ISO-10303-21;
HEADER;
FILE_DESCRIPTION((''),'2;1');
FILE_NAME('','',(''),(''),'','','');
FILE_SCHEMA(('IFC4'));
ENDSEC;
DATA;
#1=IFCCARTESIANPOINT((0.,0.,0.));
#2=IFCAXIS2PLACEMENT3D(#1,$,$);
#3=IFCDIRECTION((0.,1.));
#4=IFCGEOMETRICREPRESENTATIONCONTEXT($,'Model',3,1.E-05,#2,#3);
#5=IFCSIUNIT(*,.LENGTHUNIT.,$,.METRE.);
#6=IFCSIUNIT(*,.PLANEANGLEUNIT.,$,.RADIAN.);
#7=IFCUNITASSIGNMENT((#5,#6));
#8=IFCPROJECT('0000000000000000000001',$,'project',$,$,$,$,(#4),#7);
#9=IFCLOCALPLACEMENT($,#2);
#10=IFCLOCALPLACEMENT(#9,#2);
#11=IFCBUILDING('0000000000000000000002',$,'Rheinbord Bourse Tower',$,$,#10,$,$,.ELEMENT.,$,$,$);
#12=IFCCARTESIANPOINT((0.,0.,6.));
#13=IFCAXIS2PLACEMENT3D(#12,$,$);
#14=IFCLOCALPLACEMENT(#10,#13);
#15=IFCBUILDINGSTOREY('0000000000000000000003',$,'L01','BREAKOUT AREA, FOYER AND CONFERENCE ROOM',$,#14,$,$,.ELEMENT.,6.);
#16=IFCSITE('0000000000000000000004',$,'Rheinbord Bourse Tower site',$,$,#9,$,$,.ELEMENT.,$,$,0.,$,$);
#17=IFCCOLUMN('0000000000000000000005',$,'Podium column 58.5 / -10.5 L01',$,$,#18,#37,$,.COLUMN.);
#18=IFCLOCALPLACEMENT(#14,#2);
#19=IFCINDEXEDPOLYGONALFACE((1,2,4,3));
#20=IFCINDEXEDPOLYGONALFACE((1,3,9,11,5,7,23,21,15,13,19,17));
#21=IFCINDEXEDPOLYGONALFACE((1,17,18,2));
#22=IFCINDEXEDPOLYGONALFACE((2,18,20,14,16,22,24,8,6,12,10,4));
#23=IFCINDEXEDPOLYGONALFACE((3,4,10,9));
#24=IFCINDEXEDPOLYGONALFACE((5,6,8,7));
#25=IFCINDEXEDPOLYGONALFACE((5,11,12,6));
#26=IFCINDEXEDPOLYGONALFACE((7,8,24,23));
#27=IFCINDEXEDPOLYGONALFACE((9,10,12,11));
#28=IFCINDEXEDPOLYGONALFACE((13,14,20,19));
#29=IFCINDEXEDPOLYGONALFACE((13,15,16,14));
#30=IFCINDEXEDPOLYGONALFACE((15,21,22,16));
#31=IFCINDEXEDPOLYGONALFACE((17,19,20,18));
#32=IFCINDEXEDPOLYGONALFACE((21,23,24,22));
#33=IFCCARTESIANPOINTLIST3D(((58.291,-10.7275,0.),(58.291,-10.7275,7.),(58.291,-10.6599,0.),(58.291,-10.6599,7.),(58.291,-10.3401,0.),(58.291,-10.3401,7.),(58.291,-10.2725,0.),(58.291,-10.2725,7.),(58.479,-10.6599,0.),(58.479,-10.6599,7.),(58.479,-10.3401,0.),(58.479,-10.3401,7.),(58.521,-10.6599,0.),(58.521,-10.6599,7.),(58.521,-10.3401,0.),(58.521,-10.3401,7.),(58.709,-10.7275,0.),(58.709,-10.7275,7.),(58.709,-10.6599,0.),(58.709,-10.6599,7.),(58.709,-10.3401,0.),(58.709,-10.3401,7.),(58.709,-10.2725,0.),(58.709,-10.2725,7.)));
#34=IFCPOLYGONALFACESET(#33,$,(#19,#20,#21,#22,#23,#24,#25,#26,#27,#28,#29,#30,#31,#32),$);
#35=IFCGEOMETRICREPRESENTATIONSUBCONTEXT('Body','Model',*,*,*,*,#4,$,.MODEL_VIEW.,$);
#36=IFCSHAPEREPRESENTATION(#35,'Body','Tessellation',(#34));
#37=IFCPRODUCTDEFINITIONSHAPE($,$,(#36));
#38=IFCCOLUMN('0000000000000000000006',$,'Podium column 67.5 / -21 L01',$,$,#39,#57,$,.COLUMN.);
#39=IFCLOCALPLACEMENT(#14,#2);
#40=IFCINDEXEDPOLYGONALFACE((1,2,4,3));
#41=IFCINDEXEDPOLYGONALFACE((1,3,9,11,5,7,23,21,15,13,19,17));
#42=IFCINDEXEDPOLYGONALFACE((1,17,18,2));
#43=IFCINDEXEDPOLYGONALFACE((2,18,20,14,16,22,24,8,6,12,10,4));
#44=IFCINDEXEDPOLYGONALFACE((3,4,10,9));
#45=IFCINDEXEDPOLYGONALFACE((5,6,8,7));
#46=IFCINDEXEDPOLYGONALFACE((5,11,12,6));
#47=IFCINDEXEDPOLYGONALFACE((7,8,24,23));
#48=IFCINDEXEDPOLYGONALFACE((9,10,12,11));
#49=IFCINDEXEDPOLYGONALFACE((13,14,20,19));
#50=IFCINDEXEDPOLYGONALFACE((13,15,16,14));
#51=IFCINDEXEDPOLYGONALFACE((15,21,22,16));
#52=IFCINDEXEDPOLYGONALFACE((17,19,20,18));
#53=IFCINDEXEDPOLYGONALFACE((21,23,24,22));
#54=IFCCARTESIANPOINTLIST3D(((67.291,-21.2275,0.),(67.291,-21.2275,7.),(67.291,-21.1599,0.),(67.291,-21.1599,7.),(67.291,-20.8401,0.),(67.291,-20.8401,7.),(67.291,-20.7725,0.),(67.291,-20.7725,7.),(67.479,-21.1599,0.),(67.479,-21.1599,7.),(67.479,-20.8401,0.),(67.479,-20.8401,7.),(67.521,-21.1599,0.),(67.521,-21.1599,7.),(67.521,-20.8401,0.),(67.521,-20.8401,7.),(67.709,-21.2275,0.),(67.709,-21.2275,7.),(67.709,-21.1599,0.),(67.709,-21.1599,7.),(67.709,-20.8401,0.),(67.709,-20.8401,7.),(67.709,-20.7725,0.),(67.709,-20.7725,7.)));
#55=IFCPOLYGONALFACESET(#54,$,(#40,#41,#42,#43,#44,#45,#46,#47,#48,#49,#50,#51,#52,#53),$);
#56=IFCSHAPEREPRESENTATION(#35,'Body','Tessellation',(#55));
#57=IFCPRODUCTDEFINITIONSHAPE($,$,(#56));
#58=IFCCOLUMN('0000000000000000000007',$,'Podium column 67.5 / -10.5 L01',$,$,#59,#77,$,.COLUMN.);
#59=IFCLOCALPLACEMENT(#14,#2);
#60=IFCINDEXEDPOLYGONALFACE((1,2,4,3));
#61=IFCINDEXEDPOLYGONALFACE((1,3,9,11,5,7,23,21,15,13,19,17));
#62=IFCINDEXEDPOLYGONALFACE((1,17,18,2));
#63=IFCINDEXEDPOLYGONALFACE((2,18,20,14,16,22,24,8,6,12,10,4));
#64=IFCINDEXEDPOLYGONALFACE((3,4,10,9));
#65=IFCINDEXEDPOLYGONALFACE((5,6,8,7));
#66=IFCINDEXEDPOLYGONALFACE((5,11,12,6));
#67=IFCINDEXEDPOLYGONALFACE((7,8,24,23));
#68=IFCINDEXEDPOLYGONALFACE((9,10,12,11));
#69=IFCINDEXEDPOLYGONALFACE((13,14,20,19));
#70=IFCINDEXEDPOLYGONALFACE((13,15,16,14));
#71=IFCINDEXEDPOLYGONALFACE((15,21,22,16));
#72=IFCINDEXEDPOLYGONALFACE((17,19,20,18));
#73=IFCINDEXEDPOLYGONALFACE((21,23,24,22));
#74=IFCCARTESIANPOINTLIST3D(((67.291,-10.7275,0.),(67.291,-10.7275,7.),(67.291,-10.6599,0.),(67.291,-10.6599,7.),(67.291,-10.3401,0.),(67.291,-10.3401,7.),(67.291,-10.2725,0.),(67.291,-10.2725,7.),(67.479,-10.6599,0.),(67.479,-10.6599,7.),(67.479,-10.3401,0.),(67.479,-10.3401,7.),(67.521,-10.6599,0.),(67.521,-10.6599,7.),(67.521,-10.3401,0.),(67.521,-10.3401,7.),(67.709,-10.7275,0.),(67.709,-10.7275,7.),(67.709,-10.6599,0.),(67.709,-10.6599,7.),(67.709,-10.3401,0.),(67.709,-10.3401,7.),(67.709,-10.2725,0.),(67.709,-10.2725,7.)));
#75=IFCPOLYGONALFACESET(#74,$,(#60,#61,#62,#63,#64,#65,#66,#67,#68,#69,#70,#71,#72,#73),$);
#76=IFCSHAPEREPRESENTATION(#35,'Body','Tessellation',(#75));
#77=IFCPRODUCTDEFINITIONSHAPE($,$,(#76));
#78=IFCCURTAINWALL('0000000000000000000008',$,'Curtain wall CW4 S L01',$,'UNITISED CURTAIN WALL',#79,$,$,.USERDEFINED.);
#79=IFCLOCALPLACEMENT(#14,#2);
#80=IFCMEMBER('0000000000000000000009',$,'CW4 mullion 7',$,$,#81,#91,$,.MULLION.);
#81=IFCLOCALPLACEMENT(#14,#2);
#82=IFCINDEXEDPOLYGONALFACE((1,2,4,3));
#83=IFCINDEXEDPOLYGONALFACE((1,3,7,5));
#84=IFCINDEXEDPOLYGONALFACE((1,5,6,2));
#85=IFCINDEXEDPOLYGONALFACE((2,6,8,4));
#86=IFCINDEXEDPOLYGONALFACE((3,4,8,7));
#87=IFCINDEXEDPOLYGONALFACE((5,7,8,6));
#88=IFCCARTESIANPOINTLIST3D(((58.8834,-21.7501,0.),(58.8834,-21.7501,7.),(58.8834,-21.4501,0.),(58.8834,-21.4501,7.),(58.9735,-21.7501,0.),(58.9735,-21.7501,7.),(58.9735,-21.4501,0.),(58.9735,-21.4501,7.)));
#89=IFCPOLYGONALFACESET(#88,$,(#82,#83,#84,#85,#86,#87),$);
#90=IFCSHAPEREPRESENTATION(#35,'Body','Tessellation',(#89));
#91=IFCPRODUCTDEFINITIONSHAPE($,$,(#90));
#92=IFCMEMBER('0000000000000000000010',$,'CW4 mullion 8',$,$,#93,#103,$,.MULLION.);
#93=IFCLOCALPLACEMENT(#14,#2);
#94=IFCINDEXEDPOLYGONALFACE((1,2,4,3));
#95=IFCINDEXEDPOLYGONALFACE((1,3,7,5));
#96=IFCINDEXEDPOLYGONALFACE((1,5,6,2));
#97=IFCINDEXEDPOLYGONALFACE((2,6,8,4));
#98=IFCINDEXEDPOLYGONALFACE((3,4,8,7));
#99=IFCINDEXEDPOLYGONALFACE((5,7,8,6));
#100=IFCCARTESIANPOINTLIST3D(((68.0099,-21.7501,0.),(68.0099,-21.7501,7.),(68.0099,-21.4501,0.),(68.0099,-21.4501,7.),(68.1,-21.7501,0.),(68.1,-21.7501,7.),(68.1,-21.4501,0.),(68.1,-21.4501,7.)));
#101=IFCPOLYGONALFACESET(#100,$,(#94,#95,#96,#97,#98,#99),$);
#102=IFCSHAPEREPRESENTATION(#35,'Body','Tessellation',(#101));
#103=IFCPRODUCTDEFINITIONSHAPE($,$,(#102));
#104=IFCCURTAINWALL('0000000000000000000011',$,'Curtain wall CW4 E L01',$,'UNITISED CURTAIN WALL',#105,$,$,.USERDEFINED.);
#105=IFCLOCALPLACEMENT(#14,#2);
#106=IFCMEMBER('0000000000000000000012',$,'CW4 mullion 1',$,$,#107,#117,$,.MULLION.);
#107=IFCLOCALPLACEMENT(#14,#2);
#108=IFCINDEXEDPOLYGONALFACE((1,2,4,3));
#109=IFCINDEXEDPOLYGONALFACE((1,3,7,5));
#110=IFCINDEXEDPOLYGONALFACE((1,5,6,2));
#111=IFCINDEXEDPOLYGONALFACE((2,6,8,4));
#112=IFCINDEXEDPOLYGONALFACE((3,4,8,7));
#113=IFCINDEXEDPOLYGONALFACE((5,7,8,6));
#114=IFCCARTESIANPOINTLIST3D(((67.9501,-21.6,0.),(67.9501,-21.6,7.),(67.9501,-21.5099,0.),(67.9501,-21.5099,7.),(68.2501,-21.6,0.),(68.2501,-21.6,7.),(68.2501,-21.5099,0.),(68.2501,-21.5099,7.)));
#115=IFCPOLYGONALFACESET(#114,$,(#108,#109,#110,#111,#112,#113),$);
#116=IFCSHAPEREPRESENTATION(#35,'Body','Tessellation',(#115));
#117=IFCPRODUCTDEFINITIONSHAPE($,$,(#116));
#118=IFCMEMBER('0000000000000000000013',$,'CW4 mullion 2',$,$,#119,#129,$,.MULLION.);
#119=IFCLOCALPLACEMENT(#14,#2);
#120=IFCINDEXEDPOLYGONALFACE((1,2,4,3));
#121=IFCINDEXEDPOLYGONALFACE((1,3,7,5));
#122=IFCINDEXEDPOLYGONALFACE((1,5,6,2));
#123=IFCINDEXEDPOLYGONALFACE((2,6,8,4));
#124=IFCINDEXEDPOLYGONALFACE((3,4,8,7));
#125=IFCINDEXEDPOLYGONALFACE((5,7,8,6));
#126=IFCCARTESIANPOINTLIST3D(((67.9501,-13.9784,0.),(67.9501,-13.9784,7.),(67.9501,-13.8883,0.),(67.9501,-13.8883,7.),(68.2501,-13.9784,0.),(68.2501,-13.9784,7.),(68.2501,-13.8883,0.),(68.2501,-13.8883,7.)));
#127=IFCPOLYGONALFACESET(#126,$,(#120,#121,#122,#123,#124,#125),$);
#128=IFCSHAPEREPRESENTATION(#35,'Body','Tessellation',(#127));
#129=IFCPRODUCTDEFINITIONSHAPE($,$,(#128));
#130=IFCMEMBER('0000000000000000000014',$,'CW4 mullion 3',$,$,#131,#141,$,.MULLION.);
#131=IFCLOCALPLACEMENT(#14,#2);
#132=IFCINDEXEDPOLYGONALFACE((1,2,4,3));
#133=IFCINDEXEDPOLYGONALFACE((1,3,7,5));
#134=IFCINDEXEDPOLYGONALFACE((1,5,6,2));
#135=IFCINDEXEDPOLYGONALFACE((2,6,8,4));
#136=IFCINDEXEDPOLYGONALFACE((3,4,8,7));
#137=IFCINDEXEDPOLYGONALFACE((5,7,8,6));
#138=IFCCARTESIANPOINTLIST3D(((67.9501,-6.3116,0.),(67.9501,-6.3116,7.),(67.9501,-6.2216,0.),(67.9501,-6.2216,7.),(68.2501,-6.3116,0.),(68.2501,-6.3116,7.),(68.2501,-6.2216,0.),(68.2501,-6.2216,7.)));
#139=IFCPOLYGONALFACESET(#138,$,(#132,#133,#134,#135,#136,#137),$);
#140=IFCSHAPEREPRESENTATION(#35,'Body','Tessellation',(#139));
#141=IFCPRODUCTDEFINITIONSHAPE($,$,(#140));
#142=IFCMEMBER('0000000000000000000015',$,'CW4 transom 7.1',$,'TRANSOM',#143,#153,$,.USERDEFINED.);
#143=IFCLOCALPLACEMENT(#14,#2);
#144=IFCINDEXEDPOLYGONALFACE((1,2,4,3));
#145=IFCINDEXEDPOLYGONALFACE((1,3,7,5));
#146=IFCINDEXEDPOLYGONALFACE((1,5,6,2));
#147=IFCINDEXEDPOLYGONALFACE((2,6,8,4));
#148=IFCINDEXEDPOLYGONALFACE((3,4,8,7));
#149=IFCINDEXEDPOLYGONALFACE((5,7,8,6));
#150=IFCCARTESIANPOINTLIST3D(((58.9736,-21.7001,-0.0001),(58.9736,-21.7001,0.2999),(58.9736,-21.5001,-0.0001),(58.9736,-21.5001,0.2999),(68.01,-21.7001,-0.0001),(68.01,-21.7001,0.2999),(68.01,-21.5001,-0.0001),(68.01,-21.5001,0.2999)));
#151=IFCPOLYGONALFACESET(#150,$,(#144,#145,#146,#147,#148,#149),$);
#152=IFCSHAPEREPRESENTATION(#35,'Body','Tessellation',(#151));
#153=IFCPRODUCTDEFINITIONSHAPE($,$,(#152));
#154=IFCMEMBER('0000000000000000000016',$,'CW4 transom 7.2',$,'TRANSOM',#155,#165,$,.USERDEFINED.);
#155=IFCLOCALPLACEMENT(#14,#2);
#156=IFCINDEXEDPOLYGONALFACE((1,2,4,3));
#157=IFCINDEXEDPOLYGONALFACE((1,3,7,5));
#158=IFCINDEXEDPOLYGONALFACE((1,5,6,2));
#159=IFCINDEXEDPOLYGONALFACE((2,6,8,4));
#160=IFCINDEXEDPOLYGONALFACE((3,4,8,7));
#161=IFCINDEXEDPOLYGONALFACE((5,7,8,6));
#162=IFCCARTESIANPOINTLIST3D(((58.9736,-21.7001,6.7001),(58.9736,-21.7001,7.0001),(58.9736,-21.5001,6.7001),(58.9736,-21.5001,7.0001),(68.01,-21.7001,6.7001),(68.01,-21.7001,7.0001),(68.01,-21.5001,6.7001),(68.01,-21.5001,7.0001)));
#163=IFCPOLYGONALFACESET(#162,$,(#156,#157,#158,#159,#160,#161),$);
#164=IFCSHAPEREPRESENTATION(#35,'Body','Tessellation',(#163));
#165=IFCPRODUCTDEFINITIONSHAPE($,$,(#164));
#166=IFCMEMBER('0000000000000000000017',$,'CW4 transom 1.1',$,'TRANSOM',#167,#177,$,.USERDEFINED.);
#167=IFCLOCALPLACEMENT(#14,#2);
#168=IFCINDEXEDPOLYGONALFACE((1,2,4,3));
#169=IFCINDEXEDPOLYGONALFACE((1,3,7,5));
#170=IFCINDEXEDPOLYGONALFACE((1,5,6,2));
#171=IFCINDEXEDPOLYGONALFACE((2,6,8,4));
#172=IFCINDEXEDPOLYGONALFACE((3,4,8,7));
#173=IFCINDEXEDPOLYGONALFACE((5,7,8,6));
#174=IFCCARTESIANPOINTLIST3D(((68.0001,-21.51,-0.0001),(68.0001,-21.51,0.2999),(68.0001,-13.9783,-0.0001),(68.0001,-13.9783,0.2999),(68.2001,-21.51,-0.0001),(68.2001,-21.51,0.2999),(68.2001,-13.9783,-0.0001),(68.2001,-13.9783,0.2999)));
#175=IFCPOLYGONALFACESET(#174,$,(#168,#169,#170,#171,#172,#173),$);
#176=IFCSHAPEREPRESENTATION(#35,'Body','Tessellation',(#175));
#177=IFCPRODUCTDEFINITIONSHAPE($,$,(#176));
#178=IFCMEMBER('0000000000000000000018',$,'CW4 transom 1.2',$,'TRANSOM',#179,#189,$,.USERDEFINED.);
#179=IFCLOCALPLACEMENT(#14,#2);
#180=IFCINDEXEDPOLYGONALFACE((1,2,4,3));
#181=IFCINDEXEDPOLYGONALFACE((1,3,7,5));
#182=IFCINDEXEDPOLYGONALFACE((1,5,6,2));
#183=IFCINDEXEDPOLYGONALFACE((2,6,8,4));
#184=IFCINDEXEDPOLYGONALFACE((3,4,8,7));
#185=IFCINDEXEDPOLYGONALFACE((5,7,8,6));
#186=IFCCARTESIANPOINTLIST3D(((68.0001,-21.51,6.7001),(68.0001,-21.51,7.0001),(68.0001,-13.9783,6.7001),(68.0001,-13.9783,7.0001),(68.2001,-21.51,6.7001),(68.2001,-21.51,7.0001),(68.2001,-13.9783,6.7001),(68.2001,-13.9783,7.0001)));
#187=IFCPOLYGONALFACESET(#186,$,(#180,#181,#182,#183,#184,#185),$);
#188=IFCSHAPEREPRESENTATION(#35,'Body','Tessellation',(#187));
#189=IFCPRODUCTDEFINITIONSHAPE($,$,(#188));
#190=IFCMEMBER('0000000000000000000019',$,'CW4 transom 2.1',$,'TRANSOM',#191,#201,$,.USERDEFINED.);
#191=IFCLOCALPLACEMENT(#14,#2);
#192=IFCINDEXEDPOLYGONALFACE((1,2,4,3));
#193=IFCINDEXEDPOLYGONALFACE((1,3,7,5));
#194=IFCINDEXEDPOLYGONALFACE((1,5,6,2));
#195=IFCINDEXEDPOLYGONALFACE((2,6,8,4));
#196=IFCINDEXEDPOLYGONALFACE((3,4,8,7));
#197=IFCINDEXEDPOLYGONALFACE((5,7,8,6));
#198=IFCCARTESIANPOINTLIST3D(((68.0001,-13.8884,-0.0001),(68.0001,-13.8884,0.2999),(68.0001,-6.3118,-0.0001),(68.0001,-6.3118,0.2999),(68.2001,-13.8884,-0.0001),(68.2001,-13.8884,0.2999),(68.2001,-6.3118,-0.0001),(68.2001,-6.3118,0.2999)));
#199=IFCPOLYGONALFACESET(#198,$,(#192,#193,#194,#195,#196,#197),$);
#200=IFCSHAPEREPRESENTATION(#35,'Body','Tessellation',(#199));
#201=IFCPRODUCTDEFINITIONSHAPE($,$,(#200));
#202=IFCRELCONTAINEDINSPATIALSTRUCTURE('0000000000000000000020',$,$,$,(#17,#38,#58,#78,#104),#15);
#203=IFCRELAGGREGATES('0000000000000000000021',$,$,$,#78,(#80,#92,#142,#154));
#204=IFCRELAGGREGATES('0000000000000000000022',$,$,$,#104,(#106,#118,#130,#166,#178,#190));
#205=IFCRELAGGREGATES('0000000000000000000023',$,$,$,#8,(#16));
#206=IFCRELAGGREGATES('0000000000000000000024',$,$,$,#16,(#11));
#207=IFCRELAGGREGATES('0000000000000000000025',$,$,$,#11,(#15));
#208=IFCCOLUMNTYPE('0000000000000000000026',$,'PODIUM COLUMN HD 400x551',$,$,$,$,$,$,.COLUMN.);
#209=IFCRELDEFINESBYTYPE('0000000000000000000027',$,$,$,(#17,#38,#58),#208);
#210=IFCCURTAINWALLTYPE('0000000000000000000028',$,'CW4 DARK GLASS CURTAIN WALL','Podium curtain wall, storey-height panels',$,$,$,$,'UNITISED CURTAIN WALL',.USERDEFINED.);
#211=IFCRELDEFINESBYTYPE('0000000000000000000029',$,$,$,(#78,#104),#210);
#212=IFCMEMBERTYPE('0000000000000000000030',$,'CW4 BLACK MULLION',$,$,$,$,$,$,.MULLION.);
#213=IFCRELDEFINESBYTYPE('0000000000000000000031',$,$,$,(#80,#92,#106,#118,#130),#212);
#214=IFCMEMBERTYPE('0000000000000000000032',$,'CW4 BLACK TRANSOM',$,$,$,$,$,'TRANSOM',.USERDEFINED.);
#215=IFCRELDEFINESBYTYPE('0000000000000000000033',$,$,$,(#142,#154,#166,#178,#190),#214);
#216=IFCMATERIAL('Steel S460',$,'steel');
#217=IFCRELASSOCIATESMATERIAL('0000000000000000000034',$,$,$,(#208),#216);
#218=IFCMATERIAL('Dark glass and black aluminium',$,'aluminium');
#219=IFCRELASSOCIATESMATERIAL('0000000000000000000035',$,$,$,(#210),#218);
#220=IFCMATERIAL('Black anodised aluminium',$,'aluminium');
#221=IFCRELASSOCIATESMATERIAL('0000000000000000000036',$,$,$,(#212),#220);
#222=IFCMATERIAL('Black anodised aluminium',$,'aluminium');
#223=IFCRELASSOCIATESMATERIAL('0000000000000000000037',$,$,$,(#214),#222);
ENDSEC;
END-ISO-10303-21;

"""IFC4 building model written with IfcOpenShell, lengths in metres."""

from ifc_helpers import new_model, si_unit, direction, frame, origin, origin_2d, place, context, subcontext, project, spatial, rectangle, i_section, extrude, material, material_profile, profile_set, type_object, element, aggregate, save


model = new_model("IFC4")

# Units and contexts
model_context = context("Model", 3, precision=1e-05, world=origin(), true_north=direction((0.0, 1.0)))
body_context = subcontext(model_context, "Body", "Model", "MODEL_VIEW")
ifc_project = project(units=[si_unit("LENGTHUNIT", "METRE"), si_unit("PLANEANGLEUNIT", "RADIAN")], contexts=[model_context])

# Site, building, storey
site_placement = place(None, origin())
site = spatial("IfcSite", under=ifc_project, at=site_placement, Name="Rheinbord Bourse Tower site", CompositionType="ELEMENT", RefElevation=0.0)
building_placement = place(site_placement, origin())
building = spatial("IfcBuilding", under=site, at=building_placement, Name="Rheinbord Bourse Tower", CompositionType="ELEMENT")
storey_placement = place(building_placement, frame((0.0, 0.0, 6.0)))
storey = spatial("IfcBuildingStorey", under=building, at=storey_placement, Name="L01", Description="BREAKOUT AREA, FOYER AND CONFERENCE ROOM", CompositionType="ELEMENT", Elevation=6.0)

# Columns
ifc_material_1 = material(Name="Steel S460", Category="steel")
ifc_material_profile_1 = material_profile(ifc_material_1, i_section(OverallWidth=0.418, OverallDepth=0.4551, WebThickness=0.042, FlangeThickness=0.0676, at=origin_2d()), Name="HD 400x551")
ifc_profile_set_1 = profile_set([ifc_material_profile_1], Name="Steel S460")
column_type = type_object("IfcColumnType", Name="PODIUM COLUMN HD 400x551", PredefinedType="COLUMN", material=ifc_profile_set_1)
for number, where, z_axis, x_axis, name in (
    (1, (58.5, -10.5, 0.0), (0.0, 0.0, 1.0), (1.0, 0.0, 0.0), "Podium column 58.5 / -10.5 L01"),
    (2, (67.5, -21.0, 0.0), (0.0, 0.0, 1.0), (1.0, 0.0, 0.0), "Podium column 67.5 / -21 L01"),
    (3, (67.5, -10.5, 0.0), (0.0, 0.0, 1.0), (1.0, 0.0, 0.0), "Podium column 67.5 / -10.5 L01"),
):
    element("IfcColumn", number, at=place(storey_placement, frame(where, z_axis=z_axis, x_axis=x_axis)), inside=storey, type_object=column_type, Name=name, PredefinedType="COLUMN", context=body_context, shape_type="SweptSolid", body=[
        extrude(i_section(OverallWidth=0.418, OverallDepth=0.4551, WebThickness=0.042, FlangeThickness=0.0676, at=origin_2d()), origin(), (0.0, 0.0, 1.0), 7.0),
    ])

# Curtain walls, members
ifc_material_2 = material(Name="Dark glass and black aluminium", Category="aluminium")
curtain_wall_type = type_object("IfcCurtainWallType", Name="CW4 DARK GLASS CURTAIN WALL", Description="Podium curtain wall, storey-height panels", ElementType="UNITISED CURTAIN WALL", PredefinedType="USERDEFINED", material=ifc_material_2)
curtain_wall_1_placement = place(storey_placement, origin())
curtain_wall_1 = element("IfcCurtainWall", 4, at=curtain_wall_1_placement, inside=storey, type_object=curtain_wall_type, Name="Curtain wall CW4 S L01", ObjectType="UNITISED CURTAIN WALL", PredefinedType="USERDEFINED")
ifc_material_3 = material(Name="Black anodised aluminium", Category="aluminium")
ifc_material_profile_2 = material_profile(ifc_material_3, rectangle(XDim=0.3, YDim=0.0901, at=origin_2d()), Name="CW4 MULLION 90x300")
ifc_profile_set_2 = profile_set([ifc_material_profile_2], Name="Black anodised aluminium")
member_type_1 = type_object("IfcMemberType", Name="CW4 BLACK MULLION", PredefinedType="MULLION", material=ifc_profile_set_2)
member_1_placement = place(storey_placement, frame((58.9285, -21.6001, 0.0), z_axis=(0.0, 0.0, 1.0), x_axis=(0.0, 1.0, 0.0)))
member_1 = element("IfcMember", 5, at=member_1_placement, type_object=member_type_1, Name="CW4 mullion 7", PredefinedType="MULLION", context=body_context, shape_type="SweptSolid", body=[
    extrude(rectangle(XDim=0.3, YDim=0.0901, at=origin_2d()), origin(), (0.0, 0.0, 1.0), 7.0),
])
member_2_placement = place(storey_placement, frame((68.0549, -21.6001, 0.0), z_axis=(0.0, 0.0, 1.0), x_axis=(0.0, 1.0, 0.0)))
member_2 = element("IfcMember", 6, at=member_2_placement, type_object=member_type_1, Name="CW4 mullion 8", PredefinedType="MULLION", context=body_context, shape_type="SweptSolid", body=[
    extrude(rectangle(XDim=0.3, YDim=0.0901, at=origin_2d()), origin(), (0.0, 0.0, 1.0), 7.0),
])
curtain_wall_2_placement = place(storey_placement, origin())
curtain_wall_2 = element("IfcCurtainWall", 7, at=curtain_wall_2_placement, inside=storey, type_object=curtain_wall_type, Name="Curtain wall CW4 E L01", ObjectType="UNITISED CURTAIN WALL", PredefinedType="USERDEFINED")
member_3_placement = place(storey_placement, frame((68.1001, -21.5549, 0.0), z_axis=(0.0, 0.0, 1.0), x_axis=(-1.0, 0.0, 0.0)))
member_3 = element("IfcMember", 8, at=member_3_placement, type_object=member_type_1, Name="CW4 mullion 1", PredefinedType="MULLION", context=body_context, shape_type="SweptSolid", body=[
    extrude(rectangle(XDim=0.3, YDim=0.0901, at=origin_2d()), origin(), (0.0, 0.0, 1.0), 7.0),
])
member_4_placement = place(storey_placement, frame((68.1001, -13.9333, 0.0), z_axis=(0.0, 0.0, 1.0), x_axis=(-1.0, 0.0, 0.0)))
member_4 = element("IfcMember", 9, at=member_4_placement, type_object=member_type_1, Name="CW4 mullion 2", PredefinedType="MULLION", context=body_context, shape_type="SweptSolid", body=[
    extrude(rectangle(XDim=0.3, YDim=0.0901, at=origin_2d()), origin(), (0.0, 0.0, 1.0), 7.0),
])
member_5_placement = place(storey_placement, frame((68.1001, -6.2666, 0.0), z_axis=(0.0, 0.0, 1.0), x_axis=(-1.0, 0.0, 0.0)))
member_5 = element("IfcMember", 10, at=member_5_placement, type_object=member_type_1, Name="CW4 mullion 3", PredefinedType="MULLION", context=body_context, shape_type="SweptSolid", body=[
    extrude(rectangle(XDim=0.3, YDim=0.0901, at=origin_2d()), origin(), (0.0, 0.0, 1.0), 7.0),
])

# Members
ifc_material_4 = material(Name="Black anodised aluminium", Category="aluminium")
ifc_material_profile_3 = material_profile(ifc_material_4, rectangle(XDim=0.2, YDim=0.3, at=origin_2d()), Name="CW4 TRANSOM 300x200")
ifc_profile_set_3 = profile_set([ifc_material_profile_3], Name="Black anodised aluminium")
member_type_2 = type_object("IfcMemberType", Name="CW4 BLACK TRANSOM", ElementType="TRANSOM", PredefinedType="USERDEFINED", material=ifc_profile_set_3)
member_6_placement = place(storey_placement, frame((58.9736, -21.6001, 0.1499), z_axis=(1.0, 0.0, 0.0), x_axis=(0.0, 1.0, 0.0)))
member_6 = element("IfcMember", 11, at=member_6_placement, type_object=member_type_2, Name="CW4 transom 7.1", ObjectType="TRANSOM", PredefinedType="USERDEFINED", context=body_context, shape_type="SweptSolid", body=[
    extrude(rectangle(XDim=0.2, YDim=0.3, at=origin_2d()), origin(), (0.0, 0.0, 1.0), 9.0364),
])
member_7_placement = place(storey_placement, frame((58.9736, -21.6001, 6.8501), z_axis=(1.0, 0.0, 0.0), x_axis=(0.0, 1.0, 0.0)))
member_7 = element("IfcMember", 12, at=member_7_placement, type_object=member_type_2, Name="CW4 transom 7.2", ObjectType="TRANSOM", PredefinedType="USERDEFINED", context=body_context, shape_type="SweptSolid", body=[
    extrude(rectangle(XDim=0.2, YDim=0.3, at=origin_2d()), origin(), (0.0, 0.0, 1.0), 9.0364),
])
member_8_placement = place(storey_placement, frame((68.1001, -21.51, 0.1499), z_axis=(0.0, 1.0, 0.0), x_axis=(-1.0, 0.0, 0.0)))
member_8 = element("IfcMember", 13, at=member_8_placement, type_object=member_type_2, Name="CW4 transom 1.1", ObjectType="TRANSOM", PredefinedType="USERDEFINED", context=body_context, shape_type="SweptSolid", body=[
    extrude(rectangle(XDim=0.2, YDim=0.3, at=origin_2d()), origin(), (0.0, 0.0, 1.0), 7.5317),
])
member_9_placement = place(storey_placement, frame((68.1001, -21.51, 6.8501), z_axis=(0.0, 1.0, 0.0), x_axis=(-1.0, 0.0, 0.0)))
member_9 = element("IfcMember", 14, at=member_9_placement, type_object=member_type_2, Name="CW4 transom 1.2", ObjectType="TRANSOM", PredefinedType="USERDEFINED", context=body_context, shape_type="SweptSolid", body=[
    extrude(rectangle(XDim=0.2, YDim=0.3, at=origin_2d()), origin(), (0.0, 0.0, 1.0), 7.5317),
])
member_10_placement = place(storey_placement, frame((68.1001, -13.8884, 0.1499), z_axis=(0.0, 1.0, 0.0), x_axis=(-1.0, 0.0, 0.0)))
member_10 = element("IfcMember", 15, at=member_10_placement, type_object=member_type_2, Name="CW4 transom 2.1", ObjectType="TRANSOM", PredefinedType="USERDEFINED", context=body_context, shape_type="SweptSolid", body=[
    extrude(rectangle(XDim=0.2, YDim=0.3, at=origin_2d()), origin(), (0.0, 0.0, 1.0), 7.5767),
])

aggregate(curtain_wall_1, [member_1, member_2, member_6, member_7])
aggregate(curtain_wall_2, [member_3, member_4, member_5, member_8, member_9, member_10])

save(model, "model.ifc")
